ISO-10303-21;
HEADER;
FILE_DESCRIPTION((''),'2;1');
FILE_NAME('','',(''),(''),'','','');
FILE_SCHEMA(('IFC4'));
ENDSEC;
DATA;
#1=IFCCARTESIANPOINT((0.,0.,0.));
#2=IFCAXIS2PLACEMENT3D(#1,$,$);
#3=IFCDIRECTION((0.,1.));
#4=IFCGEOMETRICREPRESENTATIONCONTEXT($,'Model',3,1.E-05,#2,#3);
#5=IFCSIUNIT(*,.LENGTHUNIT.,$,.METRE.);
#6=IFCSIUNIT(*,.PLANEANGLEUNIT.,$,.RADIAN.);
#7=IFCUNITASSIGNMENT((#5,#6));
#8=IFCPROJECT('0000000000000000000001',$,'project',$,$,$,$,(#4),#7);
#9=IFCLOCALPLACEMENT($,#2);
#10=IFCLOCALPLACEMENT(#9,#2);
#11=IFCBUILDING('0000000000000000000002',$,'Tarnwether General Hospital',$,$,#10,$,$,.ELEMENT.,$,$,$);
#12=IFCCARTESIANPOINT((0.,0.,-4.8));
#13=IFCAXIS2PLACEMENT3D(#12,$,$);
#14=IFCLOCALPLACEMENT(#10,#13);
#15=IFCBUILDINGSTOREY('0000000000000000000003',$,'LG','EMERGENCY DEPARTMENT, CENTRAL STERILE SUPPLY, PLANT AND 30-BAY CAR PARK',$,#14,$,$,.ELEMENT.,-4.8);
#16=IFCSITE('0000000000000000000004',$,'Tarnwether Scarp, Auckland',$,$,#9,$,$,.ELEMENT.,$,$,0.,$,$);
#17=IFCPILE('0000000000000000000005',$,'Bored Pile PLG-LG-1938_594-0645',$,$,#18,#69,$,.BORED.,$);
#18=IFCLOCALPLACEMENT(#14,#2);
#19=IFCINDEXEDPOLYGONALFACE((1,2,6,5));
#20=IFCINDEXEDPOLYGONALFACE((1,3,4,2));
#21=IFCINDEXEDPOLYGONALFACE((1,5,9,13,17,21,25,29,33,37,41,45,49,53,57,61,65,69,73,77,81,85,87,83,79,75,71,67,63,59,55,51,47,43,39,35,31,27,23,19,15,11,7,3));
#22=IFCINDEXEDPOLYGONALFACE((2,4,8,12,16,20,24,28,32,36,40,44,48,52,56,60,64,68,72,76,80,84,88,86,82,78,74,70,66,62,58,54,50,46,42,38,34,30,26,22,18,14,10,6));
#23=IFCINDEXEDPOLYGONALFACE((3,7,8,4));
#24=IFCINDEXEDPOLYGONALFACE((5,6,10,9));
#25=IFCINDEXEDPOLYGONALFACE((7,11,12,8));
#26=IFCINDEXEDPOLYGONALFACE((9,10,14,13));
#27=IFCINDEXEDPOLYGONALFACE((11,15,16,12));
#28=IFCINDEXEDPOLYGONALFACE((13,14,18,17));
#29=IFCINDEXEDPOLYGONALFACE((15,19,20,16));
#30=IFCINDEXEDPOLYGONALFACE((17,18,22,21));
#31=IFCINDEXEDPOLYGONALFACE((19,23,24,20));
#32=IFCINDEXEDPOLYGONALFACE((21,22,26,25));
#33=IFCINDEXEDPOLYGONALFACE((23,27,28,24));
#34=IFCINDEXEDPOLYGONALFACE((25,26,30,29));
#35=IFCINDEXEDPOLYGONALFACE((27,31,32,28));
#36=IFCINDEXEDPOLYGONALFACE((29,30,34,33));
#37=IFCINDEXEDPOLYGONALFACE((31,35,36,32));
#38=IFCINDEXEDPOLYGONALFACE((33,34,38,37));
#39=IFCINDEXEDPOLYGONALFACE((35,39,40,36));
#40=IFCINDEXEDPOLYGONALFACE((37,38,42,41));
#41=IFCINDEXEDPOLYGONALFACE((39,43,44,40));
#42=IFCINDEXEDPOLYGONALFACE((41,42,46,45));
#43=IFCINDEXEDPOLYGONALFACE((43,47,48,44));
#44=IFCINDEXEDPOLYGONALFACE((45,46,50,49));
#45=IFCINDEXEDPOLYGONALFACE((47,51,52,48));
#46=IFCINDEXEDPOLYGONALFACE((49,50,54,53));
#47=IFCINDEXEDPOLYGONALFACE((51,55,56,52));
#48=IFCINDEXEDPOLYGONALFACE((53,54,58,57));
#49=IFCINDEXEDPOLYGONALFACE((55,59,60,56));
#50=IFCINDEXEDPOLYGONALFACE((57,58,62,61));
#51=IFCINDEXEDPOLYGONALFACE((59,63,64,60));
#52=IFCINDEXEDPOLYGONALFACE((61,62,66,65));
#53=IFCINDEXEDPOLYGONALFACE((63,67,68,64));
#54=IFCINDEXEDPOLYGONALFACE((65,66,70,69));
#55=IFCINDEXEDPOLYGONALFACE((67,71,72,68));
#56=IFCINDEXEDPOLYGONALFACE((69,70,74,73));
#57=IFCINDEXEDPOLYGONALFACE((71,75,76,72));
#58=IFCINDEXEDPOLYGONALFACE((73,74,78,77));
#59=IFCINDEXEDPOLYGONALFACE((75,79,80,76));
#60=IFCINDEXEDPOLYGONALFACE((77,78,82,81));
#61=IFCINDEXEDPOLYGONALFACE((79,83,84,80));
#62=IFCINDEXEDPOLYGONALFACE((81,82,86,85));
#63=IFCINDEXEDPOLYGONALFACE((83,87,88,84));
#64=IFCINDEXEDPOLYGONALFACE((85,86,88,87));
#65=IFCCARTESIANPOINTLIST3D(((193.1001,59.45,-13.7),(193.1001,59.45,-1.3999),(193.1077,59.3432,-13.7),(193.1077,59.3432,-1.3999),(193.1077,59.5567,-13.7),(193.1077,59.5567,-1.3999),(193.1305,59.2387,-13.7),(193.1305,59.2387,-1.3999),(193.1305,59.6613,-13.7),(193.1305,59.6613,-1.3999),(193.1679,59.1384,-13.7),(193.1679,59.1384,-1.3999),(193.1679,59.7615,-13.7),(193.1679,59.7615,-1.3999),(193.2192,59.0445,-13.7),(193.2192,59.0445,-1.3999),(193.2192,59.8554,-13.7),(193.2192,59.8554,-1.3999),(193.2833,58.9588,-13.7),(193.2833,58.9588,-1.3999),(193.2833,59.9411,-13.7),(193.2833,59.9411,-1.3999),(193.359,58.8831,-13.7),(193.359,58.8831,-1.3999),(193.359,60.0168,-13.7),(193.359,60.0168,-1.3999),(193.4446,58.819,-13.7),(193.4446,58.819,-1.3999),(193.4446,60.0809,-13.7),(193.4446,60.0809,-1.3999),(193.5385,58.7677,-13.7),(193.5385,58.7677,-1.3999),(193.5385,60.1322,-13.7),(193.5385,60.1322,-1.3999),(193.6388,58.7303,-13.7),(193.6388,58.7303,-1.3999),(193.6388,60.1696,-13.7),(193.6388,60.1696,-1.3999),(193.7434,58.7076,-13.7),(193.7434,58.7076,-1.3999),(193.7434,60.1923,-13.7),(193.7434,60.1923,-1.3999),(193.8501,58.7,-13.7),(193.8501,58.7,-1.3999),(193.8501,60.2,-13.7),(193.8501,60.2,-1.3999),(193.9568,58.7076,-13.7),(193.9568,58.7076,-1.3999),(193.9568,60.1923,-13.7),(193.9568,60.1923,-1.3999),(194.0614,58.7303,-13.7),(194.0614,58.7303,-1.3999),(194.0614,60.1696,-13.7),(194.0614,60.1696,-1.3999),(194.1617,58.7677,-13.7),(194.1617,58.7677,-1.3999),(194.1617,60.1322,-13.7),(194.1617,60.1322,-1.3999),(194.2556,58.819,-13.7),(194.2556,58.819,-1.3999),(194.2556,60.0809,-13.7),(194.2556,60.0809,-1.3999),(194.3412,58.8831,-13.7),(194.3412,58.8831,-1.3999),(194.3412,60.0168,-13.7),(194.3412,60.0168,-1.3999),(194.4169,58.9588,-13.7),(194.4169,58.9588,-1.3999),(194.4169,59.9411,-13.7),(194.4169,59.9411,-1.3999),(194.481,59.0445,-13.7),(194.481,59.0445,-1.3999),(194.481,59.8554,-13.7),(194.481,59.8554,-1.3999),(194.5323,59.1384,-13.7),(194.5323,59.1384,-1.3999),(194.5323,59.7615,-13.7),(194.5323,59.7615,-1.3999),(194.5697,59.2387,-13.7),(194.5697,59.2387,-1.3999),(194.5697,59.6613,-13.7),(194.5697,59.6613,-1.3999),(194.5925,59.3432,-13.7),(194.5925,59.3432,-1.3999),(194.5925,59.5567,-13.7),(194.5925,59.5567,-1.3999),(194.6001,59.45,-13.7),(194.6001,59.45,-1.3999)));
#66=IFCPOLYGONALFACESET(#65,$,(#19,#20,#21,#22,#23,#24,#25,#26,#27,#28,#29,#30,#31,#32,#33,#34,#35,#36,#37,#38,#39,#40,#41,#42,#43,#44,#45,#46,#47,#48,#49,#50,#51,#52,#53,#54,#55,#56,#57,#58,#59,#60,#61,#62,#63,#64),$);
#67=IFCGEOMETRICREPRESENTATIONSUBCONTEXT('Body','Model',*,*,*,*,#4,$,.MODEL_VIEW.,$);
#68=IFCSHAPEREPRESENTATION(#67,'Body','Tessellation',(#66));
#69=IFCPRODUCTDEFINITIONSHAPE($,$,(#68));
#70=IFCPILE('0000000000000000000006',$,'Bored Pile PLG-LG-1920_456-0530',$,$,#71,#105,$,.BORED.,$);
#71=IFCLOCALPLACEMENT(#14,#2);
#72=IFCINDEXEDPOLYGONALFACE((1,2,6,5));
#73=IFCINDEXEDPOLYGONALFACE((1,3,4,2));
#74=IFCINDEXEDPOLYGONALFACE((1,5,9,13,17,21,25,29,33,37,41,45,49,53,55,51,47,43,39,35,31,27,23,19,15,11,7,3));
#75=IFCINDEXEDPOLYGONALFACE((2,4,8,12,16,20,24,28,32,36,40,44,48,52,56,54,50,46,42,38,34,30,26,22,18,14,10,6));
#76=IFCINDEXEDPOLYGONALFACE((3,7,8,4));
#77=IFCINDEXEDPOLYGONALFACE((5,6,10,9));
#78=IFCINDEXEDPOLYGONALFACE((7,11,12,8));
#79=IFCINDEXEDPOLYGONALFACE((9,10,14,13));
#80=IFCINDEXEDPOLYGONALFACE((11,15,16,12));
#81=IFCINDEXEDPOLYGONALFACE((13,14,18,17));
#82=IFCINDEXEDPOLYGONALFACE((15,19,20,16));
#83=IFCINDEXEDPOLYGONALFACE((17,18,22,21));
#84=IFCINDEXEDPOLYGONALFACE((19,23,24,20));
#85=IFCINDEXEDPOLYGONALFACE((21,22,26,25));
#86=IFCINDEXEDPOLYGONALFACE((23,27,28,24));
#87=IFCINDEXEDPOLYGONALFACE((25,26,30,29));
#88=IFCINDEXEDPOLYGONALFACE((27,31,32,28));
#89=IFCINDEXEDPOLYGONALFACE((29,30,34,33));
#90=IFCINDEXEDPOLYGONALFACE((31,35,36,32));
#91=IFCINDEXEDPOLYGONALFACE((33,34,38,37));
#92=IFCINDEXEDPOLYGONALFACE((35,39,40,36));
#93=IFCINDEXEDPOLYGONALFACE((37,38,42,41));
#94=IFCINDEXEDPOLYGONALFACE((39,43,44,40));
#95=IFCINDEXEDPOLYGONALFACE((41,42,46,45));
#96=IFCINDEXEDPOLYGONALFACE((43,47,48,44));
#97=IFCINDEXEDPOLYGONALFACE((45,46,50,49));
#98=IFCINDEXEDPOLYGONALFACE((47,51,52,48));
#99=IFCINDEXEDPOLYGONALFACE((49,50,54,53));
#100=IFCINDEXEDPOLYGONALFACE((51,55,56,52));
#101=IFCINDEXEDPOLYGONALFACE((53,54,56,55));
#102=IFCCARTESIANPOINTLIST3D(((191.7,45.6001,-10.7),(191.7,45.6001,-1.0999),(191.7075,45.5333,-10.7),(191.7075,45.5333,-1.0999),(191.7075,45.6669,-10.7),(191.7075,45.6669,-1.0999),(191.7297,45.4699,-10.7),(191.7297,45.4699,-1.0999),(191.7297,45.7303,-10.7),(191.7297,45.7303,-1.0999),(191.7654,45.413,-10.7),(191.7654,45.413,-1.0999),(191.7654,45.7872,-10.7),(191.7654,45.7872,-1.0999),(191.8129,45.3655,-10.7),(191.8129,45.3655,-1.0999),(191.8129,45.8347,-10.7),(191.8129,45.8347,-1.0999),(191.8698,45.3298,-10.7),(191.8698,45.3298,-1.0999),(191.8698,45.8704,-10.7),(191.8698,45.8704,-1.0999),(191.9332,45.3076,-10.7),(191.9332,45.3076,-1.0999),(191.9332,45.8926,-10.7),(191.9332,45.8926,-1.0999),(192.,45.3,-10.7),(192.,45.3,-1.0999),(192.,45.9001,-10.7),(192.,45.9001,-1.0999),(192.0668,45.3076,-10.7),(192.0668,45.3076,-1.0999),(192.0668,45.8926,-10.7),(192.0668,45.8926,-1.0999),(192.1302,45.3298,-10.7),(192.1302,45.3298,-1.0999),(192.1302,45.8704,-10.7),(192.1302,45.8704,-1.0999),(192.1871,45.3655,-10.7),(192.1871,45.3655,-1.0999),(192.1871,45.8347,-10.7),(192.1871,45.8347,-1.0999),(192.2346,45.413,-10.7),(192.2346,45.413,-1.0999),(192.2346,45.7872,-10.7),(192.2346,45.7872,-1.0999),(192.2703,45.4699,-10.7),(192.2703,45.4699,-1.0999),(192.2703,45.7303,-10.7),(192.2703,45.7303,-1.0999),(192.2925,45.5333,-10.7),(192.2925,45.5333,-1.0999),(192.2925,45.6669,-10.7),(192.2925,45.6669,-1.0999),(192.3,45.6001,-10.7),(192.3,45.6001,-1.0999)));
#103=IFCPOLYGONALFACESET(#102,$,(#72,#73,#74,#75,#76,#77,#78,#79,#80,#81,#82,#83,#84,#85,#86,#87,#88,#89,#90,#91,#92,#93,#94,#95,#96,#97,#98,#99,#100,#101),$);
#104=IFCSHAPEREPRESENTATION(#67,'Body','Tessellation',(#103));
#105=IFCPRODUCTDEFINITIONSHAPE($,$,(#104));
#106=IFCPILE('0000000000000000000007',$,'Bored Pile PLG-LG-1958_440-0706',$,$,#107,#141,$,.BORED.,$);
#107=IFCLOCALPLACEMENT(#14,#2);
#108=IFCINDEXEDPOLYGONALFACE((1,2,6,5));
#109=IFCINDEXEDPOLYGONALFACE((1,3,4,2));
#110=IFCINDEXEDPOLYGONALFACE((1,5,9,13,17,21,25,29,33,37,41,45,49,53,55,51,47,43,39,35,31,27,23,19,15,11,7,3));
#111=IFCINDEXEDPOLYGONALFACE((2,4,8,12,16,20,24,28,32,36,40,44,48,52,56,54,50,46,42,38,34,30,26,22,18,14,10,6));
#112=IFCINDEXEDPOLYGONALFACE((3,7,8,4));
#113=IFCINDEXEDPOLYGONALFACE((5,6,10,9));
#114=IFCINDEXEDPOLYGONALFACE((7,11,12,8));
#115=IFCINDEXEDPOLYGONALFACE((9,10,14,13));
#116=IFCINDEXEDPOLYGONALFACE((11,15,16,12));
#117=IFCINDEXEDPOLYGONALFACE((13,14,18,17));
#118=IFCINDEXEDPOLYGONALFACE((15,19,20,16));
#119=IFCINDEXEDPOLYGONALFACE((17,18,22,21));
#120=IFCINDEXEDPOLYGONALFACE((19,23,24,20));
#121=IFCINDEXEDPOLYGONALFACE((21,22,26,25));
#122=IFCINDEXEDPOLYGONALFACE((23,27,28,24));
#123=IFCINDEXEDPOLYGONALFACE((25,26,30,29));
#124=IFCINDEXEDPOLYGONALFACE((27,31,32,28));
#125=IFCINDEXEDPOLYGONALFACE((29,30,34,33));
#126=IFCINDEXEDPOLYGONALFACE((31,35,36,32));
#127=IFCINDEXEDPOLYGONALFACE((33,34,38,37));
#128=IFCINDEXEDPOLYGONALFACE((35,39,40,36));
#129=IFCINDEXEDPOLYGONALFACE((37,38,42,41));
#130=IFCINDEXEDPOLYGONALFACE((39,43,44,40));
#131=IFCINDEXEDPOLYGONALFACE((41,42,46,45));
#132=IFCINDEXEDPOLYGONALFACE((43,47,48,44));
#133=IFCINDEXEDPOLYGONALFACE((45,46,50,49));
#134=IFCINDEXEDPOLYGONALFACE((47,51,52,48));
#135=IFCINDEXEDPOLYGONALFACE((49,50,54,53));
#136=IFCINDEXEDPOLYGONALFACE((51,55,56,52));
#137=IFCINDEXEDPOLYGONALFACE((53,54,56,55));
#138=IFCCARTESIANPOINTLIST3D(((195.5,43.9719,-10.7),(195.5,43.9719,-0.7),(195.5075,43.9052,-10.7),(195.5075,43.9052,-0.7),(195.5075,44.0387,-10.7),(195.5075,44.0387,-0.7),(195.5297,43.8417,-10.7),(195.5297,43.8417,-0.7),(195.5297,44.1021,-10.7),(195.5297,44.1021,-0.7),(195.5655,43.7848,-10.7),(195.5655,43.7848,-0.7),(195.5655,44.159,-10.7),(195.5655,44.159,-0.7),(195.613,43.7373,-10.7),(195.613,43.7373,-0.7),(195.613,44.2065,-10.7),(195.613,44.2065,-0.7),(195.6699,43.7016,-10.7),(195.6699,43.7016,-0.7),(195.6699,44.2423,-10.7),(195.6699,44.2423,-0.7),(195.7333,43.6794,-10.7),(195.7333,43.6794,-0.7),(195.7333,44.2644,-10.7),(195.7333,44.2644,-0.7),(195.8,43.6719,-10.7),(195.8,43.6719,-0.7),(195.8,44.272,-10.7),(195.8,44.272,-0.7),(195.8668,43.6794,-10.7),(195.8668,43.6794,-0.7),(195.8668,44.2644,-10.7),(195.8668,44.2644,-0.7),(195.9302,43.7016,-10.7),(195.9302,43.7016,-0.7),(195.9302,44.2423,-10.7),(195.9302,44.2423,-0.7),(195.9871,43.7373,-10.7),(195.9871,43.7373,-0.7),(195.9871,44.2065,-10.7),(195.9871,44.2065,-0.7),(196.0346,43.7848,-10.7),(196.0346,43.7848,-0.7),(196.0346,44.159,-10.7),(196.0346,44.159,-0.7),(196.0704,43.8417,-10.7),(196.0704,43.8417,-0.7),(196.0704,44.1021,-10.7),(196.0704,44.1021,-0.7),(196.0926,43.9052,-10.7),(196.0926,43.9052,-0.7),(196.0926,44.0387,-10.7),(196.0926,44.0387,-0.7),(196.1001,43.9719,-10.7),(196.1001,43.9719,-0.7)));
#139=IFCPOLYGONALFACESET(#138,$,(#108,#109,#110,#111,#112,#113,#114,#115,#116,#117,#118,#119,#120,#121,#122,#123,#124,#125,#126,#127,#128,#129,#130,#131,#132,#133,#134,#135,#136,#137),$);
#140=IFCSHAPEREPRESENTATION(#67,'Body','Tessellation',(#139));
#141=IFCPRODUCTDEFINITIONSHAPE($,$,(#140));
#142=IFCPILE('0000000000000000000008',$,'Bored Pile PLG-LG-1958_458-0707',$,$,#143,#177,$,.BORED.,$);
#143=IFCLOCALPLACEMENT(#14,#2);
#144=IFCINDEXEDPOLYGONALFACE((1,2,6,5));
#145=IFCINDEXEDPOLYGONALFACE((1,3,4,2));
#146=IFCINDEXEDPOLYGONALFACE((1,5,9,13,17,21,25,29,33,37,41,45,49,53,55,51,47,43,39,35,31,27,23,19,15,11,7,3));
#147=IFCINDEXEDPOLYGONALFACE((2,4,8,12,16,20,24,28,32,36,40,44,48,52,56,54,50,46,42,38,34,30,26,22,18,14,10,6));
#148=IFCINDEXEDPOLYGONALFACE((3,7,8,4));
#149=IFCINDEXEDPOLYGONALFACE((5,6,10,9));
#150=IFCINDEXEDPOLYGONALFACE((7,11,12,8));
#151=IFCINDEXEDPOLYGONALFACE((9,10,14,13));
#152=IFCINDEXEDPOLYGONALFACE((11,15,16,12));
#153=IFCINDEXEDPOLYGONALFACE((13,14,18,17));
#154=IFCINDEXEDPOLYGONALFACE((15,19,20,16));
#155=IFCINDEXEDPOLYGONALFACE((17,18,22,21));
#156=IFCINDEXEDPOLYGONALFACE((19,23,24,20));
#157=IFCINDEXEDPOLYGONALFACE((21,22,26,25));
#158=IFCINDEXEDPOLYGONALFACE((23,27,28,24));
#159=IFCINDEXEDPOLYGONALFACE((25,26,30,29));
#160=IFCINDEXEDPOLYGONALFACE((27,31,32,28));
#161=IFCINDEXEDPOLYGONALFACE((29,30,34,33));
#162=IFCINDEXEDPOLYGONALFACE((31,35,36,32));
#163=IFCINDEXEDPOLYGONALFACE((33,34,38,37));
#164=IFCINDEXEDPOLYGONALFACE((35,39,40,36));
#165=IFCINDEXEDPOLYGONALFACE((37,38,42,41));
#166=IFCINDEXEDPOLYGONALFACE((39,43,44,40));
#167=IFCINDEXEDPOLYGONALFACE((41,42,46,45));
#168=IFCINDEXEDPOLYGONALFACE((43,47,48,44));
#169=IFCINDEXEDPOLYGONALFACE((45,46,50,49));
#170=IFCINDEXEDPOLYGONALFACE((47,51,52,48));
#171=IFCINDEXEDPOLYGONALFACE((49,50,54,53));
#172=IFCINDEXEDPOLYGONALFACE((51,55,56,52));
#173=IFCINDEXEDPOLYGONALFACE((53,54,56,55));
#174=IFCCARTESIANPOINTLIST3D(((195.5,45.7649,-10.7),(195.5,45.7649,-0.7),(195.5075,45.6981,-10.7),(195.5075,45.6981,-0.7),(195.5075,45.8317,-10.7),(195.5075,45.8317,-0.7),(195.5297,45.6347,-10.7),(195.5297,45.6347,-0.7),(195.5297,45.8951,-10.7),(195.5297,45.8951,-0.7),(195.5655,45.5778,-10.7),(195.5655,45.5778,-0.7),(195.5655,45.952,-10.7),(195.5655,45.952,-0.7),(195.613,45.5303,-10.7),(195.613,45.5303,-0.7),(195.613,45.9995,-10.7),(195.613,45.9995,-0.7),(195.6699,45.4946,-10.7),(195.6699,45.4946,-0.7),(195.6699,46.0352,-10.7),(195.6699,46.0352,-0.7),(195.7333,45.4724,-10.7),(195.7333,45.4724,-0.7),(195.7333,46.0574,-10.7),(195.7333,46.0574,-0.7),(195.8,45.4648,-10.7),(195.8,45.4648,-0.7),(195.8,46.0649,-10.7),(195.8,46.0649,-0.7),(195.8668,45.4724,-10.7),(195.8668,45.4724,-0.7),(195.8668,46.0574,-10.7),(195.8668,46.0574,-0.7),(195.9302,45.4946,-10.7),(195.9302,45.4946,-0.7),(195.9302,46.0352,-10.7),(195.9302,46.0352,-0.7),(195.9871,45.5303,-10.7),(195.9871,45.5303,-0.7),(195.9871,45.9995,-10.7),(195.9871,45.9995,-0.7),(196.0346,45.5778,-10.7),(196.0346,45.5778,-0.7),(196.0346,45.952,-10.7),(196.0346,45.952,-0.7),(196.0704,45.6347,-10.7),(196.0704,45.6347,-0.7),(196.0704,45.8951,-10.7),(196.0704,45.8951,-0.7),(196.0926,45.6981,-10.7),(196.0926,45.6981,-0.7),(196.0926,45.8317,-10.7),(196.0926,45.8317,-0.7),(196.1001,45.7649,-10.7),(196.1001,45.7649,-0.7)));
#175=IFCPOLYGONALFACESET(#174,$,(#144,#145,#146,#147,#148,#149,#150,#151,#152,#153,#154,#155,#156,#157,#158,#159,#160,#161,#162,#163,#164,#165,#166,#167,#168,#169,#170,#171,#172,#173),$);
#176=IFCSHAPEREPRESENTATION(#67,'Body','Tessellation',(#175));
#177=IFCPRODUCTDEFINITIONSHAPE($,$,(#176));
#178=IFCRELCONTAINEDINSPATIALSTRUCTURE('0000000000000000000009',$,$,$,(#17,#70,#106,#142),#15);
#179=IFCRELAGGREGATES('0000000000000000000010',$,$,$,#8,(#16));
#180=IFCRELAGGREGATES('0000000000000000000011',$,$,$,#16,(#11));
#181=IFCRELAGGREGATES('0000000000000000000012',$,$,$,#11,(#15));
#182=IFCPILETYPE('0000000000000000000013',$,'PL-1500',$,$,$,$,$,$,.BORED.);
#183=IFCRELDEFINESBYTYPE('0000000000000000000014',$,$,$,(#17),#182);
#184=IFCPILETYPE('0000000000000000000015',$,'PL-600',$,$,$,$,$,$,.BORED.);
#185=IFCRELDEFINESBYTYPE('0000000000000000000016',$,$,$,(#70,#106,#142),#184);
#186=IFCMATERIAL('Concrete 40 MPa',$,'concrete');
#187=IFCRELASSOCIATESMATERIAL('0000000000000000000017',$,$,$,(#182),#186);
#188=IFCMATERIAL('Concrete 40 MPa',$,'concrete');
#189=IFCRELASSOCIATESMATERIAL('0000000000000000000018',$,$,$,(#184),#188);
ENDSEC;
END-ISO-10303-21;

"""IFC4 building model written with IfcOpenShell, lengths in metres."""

from ifc_helpers import new_model, si_unit, direction, frame, origin, origin_2d, place, context, subcontext, project, spatial, circle, extrude, material, material_profile, profile_set, type_object, element, save


model = new_model("IFC4")

# Units and contexts
model_context = context("Model", 3, precision=1e-05, world=origin(), true_north=direction((0.0, 1.0)))
body_context = subcontext(model_context, "Body", "Model", "MODEL_VIEW")
ifc_project = project(units=[si_unit("LENGTHUNIT", "METRE"), si_unit("PLANEANGLEUNIT", "RADIAN")], contexts=[model_context])

# Site, building, storey
site_placement = place(None, origin())
site = spatial("IfcSite", under=ifc_project, at=site_placement, Name="Tarnwether Scarp, Auckland", CompositionType="ELEMENT", RefElevation=0.0)
building_placement = place(site_placement, origin())
building = spatial("IfcBuilding", under=site, at=building_placement, Name="Tarnwether General Hospital", CompositionType="ELEMENT")
storey_placement = place(building_placement, frame((0.0, 0.0, -4.8)))
storey = spatial("IfcBuildingStorey", under=building, at=storey_placement, Name="LG", Description="EMERGENCY DEPARTMENT, CENTRAL STERILE SUPPLY, PLANT AND 30-BAY CAR PARK", CompositionType="ELEMENT", Elevation=-4.8)

# Piles
ifc_material_1 = material(Name="Concrete 40 MPa", Category="concrete")
ifc_material_profile_1 = material_profile(ifc_material_1, circle(Radius=0.75, at=origin_2d()), Name="PILE-D1500")
ifc_profile_set_1 = profile_set([ifc_material_profile_1], Name="Concrete 40 MPa")
pile_type_1 = type_object("IfcPileType", Name="PL-1500", PredefinedType="BORED", material=ifc_profile_set_1)
for number, where, z_axis, x_axis, name in (
    (1, (193.8501, 59.45, -1.3999), (0.0, 0.0, -1.0), (1.0, 0.0, 0.0), "Bored Pile PLG-LG-1938_594-0645"),
):
    element("IfcPile", number, at=place(storey_placement, frame(where, z_axis=z_axis, x_axis=x_axis)), inside=storey, type_object=pile_type_1, Name=name, PredefinedType="BORED", context=body_context, shape_type="SweptSolid", body=[
        extrude(circle(Radius=0.75, at=origin_2d()), origin(), (0.0, 0.0, 1.0), 12.3),
    ])
ifc_material_2 = material(Name="Concrete 40 MPa", Category="concrete")
ifc_material_profile_2 = material_profile(ifc_material_2, circle(Radius=0.3, at=origin_2d()), Name="PILE-D600")
ifc_profile_set_2 = profile_set([ifc_material_profile_2], Name="Concrete 40 MPa")
pile_type_2 = type_object("IfcPileType", Name="PL-600", PredefinedType="BORED", material=ifc_profile_set_2)
pile_placement = place(storey_placement, frame((192.0, 45.6001, -1.0999), z_axis=(0.0, 0.0, -1.0), x_axis=(1.0, 0.0, 0.0)))
element("IfcPile", 2, at=pile_placement, inside=storey, type_object=pile_type_2, Name="Bored Pile PLG-LG-1920_456-0530", PredefinedType="BORED", context=body_context, shape_type="SweptSolid", body=[
    extrude(circle(Radius=0.3, at=origin_2d()), origin(), (0.0, 0.0, 1.0), 9.6001),
])
for number, where, z_axis, x_axis, name in (
    (3, (195.8, 43.9719, -0.7), (0.0, 0.0, -1.0), (1.0, 0.0, 0.0), "Bored Pile PLG-LG-1958_440-0706"),
    (4, (195.8, 45.7649, -0.7), (0.0, 0.0, -1.0), (1.0, 0.0, 0.0), "Bored Pile PLG-LG-1958_458-0707"),
):
    element("IfcPile", number, at=place(storey_placement, frame(where, z_axis=z_axis, x_axis=x_axis)), inside=storey, type_object=pile_type_2, Name=name, PredefinedType="BORED", context=body_context, shape_type="SweptSolid", body=[
        extrude(circle(Radius=0.3, at=origin_2d()), origin(), (0.0, 0.0, 1.0), 10.0),
    ])

save(model, "model.ifc")
